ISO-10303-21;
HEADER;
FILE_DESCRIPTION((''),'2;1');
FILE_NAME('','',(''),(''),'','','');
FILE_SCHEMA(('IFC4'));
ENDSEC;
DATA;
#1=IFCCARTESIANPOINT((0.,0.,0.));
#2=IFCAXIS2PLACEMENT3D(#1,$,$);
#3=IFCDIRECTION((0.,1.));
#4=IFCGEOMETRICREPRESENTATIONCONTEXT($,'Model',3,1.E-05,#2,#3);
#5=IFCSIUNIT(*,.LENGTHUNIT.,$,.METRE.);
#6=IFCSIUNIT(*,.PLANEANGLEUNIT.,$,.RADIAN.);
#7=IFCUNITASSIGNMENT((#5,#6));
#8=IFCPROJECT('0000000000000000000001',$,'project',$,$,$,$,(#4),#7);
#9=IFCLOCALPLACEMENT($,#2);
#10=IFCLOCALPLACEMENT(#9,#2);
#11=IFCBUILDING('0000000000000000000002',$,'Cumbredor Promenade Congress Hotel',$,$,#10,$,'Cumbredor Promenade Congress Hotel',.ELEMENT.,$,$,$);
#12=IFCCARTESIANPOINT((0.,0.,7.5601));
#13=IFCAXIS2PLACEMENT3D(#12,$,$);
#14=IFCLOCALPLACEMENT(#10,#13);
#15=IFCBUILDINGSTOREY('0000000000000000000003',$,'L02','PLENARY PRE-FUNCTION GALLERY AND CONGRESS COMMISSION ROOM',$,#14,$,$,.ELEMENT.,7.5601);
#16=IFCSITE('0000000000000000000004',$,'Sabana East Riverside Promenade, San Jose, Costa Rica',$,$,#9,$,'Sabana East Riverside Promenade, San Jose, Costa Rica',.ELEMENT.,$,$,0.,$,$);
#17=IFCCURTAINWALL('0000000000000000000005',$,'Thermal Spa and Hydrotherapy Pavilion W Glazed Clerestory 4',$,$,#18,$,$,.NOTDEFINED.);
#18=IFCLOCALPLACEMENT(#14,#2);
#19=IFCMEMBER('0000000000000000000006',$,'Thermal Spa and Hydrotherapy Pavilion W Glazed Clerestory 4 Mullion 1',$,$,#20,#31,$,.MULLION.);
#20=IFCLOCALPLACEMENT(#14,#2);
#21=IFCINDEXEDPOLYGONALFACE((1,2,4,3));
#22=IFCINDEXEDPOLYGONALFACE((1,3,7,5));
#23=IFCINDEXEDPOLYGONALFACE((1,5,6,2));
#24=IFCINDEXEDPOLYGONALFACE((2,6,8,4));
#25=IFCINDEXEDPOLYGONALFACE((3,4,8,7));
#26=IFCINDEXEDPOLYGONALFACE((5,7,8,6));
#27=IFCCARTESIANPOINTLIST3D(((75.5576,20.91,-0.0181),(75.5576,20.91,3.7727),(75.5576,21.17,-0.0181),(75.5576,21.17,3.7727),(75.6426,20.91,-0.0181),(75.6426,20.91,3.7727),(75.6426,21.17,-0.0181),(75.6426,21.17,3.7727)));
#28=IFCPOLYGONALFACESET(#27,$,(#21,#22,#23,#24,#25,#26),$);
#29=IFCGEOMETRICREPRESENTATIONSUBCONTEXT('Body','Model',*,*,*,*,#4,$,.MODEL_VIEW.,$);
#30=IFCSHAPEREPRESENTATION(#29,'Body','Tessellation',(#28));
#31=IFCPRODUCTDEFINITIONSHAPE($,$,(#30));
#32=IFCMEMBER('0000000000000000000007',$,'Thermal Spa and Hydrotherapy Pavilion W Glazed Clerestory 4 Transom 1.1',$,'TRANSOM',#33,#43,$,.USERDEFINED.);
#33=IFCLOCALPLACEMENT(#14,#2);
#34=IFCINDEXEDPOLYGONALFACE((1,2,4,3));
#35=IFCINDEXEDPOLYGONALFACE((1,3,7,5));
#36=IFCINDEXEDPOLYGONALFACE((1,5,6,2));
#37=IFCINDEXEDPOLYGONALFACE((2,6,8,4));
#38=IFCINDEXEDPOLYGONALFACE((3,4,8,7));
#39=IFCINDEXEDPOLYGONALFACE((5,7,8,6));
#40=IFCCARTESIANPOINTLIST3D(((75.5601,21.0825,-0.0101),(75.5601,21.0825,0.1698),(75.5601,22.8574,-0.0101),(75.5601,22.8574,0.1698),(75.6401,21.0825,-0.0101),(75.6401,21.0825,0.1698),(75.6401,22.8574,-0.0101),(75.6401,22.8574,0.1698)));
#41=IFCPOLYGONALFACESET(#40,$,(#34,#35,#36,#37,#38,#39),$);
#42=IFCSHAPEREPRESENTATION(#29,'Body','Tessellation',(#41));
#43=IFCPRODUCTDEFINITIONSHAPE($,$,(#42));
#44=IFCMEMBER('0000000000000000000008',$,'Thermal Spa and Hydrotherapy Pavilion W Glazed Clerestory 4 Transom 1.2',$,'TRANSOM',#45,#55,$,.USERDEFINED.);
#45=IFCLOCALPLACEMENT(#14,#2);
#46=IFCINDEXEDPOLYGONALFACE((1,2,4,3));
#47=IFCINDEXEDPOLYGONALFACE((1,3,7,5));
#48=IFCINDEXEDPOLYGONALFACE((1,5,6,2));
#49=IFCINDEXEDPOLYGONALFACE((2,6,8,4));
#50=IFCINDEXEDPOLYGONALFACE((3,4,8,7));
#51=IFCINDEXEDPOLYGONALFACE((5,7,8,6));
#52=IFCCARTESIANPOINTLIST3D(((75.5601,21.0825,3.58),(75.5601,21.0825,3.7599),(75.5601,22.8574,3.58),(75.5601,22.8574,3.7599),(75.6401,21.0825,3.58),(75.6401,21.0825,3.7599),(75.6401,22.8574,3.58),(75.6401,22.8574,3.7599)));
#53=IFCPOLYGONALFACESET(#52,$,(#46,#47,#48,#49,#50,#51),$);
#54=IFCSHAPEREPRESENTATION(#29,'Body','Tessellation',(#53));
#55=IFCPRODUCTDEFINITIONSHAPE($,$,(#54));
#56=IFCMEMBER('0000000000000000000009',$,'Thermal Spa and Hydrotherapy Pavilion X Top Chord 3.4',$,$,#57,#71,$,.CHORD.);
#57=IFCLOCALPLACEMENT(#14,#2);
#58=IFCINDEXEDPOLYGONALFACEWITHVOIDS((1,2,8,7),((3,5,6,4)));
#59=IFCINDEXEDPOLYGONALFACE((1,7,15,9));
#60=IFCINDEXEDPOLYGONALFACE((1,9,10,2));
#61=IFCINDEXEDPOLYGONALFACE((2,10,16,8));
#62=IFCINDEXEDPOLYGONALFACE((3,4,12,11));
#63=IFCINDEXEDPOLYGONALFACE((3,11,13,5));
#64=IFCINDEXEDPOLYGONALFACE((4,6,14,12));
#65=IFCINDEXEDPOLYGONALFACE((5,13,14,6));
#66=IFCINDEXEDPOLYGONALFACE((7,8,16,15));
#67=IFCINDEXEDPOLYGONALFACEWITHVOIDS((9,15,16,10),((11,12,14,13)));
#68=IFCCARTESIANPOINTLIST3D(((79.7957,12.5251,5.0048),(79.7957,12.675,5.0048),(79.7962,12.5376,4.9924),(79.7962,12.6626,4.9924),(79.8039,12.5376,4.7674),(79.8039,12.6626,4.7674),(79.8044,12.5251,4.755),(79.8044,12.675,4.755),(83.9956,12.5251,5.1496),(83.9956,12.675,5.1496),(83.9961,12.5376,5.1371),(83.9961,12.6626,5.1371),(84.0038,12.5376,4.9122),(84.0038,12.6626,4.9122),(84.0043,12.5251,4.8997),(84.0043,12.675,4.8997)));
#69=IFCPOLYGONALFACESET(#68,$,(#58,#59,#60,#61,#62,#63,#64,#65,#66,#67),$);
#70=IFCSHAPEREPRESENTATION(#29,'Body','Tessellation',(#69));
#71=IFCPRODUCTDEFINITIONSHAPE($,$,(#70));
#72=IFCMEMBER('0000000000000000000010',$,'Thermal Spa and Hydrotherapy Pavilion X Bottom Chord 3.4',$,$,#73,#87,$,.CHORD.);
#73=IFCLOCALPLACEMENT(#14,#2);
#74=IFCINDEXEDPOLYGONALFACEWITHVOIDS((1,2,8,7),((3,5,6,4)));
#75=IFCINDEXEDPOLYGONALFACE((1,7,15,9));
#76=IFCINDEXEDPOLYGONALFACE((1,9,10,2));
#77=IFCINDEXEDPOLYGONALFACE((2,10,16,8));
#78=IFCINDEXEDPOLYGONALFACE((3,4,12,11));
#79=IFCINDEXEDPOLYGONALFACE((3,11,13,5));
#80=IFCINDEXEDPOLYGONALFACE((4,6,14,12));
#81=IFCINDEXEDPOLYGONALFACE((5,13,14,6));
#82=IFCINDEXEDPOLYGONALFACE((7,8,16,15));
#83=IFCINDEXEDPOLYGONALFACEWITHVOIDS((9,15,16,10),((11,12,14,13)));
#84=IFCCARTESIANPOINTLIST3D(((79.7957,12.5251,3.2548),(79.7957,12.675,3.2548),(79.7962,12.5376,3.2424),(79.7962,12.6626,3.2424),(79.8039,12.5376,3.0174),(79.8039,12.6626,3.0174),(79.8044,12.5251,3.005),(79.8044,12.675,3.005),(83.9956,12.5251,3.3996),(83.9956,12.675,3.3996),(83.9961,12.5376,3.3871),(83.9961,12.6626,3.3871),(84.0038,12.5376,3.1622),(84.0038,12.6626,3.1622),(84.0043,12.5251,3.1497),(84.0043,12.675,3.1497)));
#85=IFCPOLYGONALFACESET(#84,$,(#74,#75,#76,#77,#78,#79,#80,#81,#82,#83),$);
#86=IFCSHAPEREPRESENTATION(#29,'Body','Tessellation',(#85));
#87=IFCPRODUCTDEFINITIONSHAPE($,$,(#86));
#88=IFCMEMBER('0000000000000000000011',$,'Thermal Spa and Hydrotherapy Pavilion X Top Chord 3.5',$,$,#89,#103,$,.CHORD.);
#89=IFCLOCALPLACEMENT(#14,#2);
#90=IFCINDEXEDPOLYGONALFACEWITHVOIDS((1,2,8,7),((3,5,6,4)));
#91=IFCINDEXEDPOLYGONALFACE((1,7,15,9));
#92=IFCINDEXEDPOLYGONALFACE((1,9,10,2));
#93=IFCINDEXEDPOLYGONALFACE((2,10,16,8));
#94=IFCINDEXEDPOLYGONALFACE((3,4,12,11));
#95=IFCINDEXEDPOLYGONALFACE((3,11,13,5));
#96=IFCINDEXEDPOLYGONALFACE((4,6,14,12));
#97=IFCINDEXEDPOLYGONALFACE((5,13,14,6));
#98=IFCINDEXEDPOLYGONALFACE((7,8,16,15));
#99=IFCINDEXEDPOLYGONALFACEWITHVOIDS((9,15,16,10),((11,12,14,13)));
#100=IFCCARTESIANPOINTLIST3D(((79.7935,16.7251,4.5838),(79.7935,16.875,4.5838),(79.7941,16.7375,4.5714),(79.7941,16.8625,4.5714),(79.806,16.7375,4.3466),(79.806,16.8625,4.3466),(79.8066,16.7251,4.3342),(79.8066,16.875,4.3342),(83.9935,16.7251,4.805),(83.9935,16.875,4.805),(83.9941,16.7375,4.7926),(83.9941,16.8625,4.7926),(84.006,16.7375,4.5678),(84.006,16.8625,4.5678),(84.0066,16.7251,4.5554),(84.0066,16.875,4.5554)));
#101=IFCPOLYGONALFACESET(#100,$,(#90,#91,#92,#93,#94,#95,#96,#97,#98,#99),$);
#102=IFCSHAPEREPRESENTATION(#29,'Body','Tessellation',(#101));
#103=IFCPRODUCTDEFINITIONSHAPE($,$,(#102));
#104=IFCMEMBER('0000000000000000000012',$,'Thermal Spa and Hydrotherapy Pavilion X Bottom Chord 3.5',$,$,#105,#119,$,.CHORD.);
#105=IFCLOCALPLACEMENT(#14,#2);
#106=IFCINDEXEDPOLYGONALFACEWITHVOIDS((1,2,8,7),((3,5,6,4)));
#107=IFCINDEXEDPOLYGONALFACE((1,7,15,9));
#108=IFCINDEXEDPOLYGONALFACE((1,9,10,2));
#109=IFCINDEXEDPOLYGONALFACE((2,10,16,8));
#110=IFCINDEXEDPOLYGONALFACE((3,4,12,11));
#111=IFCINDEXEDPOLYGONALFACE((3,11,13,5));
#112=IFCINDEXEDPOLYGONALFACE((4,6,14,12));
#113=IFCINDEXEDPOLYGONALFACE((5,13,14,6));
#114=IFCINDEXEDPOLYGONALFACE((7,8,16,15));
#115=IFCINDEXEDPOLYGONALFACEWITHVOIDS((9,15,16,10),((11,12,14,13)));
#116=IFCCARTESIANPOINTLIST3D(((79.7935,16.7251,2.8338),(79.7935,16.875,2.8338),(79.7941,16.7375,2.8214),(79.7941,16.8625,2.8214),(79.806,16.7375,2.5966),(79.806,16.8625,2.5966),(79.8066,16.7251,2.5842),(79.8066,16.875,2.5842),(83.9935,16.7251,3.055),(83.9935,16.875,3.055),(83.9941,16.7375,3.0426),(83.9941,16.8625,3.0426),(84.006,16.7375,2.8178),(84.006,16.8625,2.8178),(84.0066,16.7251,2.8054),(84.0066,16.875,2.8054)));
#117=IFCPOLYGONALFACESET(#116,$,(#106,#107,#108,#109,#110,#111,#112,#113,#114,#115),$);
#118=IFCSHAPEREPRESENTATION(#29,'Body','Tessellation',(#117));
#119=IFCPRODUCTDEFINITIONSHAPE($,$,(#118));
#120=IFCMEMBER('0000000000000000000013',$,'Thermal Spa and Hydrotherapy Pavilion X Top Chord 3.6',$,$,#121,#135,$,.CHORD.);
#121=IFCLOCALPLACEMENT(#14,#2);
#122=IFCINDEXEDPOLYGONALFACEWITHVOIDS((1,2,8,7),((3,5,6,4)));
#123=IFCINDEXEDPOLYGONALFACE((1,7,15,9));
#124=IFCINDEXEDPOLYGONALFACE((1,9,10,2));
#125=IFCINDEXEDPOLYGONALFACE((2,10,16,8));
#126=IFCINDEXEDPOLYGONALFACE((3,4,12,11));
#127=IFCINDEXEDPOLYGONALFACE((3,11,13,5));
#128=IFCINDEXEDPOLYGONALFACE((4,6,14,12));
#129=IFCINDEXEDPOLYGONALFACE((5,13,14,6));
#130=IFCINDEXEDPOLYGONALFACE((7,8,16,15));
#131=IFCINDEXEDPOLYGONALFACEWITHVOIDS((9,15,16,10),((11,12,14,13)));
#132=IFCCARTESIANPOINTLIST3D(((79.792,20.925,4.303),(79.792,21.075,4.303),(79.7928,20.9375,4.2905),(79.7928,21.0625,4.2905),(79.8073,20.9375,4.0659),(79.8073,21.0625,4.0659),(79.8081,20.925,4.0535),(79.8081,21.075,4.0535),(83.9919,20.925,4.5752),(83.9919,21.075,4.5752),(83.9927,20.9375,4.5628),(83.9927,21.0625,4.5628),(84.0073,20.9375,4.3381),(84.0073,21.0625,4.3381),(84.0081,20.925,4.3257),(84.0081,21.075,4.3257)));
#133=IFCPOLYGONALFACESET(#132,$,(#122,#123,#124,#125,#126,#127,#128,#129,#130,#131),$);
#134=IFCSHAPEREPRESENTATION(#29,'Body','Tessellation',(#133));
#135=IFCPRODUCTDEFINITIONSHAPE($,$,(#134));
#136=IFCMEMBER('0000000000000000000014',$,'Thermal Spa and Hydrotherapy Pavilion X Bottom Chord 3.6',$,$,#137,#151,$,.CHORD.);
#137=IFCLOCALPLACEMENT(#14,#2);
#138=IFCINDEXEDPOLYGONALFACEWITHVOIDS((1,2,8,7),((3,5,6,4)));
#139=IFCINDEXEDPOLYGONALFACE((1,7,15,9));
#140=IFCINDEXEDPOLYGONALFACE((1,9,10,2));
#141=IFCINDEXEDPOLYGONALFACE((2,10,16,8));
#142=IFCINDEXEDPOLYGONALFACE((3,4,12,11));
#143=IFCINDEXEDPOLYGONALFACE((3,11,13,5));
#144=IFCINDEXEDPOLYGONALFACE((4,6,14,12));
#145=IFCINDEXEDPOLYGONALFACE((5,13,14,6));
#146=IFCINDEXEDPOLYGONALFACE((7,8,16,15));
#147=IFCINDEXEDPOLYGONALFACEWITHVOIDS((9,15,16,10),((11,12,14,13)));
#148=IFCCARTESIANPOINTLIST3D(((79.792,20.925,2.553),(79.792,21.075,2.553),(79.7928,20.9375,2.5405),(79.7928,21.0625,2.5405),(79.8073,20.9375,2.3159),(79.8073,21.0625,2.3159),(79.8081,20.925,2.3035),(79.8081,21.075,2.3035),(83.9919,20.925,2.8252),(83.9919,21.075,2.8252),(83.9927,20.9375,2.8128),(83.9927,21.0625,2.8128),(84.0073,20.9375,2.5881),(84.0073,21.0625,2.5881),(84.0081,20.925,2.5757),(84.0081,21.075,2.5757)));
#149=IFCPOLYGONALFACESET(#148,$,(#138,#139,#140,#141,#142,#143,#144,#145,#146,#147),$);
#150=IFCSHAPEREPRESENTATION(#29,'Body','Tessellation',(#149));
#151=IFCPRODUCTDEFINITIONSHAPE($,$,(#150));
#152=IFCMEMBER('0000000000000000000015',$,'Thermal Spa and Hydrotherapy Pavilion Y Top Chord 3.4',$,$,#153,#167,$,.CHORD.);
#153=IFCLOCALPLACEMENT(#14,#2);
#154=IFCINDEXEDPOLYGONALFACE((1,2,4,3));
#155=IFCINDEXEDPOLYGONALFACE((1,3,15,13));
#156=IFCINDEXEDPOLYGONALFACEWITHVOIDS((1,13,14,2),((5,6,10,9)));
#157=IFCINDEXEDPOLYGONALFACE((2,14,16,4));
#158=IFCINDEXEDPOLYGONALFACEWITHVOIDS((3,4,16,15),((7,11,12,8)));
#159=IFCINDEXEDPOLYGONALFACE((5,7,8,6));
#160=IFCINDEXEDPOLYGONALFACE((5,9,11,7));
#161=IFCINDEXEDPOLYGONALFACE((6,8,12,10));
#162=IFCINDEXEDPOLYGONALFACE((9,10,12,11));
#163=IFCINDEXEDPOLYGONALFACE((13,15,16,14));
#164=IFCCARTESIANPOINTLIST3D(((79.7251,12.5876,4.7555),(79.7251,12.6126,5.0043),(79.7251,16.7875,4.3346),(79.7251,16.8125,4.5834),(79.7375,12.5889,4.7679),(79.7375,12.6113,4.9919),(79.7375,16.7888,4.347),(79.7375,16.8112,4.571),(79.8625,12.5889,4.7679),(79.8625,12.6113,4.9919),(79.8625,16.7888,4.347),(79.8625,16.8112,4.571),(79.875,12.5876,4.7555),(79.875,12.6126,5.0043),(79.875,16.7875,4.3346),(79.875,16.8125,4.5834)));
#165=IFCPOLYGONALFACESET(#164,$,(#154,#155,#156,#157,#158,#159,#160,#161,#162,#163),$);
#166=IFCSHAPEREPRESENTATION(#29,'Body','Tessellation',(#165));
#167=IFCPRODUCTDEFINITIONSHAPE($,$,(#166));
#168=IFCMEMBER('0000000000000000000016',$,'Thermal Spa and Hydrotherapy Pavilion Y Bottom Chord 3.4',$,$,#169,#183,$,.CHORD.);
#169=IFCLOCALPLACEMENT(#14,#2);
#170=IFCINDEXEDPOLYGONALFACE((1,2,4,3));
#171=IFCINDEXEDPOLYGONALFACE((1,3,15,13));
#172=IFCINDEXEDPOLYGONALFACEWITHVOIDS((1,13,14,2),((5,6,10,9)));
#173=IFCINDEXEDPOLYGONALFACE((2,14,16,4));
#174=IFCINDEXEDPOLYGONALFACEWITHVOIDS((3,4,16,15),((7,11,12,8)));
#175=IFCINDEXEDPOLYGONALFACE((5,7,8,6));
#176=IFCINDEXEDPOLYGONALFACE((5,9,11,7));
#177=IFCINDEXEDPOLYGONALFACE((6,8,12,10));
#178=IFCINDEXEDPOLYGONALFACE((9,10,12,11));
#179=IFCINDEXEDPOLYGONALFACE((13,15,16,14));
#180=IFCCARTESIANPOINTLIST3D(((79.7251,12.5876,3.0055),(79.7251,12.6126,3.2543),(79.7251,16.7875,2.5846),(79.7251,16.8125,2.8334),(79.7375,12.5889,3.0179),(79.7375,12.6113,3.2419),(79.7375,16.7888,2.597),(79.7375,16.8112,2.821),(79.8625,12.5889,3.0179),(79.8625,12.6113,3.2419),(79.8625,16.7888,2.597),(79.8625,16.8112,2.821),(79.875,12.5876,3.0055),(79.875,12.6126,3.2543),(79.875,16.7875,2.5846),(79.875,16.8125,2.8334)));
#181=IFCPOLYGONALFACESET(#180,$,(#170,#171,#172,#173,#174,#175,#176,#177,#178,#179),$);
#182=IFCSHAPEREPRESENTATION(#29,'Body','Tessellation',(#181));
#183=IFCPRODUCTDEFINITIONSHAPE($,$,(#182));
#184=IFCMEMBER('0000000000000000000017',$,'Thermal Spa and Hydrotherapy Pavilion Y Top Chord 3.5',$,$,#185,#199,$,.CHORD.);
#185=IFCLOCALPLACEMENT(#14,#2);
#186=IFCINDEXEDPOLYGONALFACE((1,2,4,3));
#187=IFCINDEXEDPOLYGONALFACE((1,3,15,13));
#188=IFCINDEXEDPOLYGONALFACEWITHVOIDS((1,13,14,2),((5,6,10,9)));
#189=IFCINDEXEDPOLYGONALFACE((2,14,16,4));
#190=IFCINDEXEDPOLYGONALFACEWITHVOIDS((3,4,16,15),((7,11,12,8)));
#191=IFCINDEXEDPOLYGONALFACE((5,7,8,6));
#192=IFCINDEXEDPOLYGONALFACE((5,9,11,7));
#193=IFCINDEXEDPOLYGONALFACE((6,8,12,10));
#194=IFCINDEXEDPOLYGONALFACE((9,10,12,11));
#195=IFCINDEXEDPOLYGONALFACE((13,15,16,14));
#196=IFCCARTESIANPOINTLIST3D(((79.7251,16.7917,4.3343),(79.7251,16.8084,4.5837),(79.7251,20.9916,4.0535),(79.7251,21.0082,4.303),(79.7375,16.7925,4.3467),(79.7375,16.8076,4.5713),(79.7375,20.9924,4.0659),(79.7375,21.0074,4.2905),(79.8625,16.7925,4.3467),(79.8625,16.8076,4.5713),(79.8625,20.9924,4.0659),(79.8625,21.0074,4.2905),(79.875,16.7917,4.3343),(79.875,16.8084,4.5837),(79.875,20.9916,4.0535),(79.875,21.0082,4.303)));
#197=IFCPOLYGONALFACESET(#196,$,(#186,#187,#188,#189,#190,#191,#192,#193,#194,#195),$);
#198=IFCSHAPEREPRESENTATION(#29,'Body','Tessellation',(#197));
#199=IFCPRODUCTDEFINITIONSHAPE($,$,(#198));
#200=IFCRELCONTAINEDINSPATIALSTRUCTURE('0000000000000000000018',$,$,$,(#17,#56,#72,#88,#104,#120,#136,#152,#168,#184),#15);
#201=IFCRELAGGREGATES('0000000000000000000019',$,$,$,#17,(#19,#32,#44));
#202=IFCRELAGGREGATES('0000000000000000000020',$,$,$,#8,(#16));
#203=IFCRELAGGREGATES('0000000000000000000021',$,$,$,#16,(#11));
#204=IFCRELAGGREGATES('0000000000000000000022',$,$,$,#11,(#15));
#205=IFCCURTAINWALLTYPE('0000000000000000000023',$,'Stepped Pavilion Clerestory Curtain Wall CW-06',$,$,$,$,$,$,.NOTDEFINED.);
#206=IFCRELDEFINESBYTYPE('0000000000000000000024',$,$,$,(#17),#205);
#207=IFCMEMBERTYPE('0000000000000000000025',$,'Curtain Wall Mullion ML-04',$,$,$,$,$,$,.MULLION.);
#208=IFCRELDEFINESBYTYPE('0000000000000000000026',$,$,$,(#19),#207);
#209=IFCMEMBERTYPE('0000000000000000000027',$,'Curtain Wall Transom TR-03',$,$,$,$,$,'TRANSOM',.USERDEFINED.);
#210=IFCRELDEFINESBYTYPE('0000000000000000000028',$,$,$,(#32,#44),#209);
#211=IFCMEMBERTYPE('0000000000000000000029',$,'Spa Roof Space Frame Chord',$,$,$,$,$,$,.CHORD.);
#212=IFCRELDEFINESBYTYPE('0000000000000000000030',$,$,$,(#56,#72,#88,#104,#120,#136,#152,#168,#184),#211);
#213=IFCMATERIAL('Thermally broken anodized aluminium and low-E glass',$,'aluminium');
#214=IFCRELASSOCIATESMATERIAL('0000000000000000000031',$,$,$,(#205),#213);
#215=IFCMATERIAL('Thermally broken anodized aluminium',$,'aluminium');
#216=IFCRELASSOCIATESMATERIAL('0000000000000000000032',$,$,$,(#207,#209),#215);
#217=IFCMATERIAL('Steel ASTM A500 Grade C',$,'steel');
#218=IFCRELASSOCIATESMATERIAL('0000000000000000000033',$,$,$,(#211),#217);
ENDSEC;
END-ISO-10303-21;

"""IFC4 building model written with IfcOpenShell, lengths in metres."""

from ifc_helpers import new_model, si_unit, direction, frame, origin, origin_2d, place, context, subcontext, project, spatial, rectangle, hollow_rectangle, extrude, material, material_profile, profile_set, type_object, element, aggregate, save


model = new_model("IFC4")

# Units and contexts
model_context = context("Model", 3, precision=1e-05, world=origin(), true_north=direction((0.0, 1.0)))
body_context = subcontext(model_context, "Body", "Model", "MODEL_VIEW")
ifc_project = project(units=[si_unit("LENGTHUNIT", "METRE"), si_unit("PLANEANGLEUNIT", "RADIAN")], contexts=[model_context])

# Site, building, storey
site_placement = place(None, origin())
site = spatial("IfcSite", under=ifc_project, at=site_placement, Name="Sabana East Riverside Promenade, San Jose, Costa Rica", LongName="Sabana East Riverside Promenade, San Jose, Costa Rica", CompositionType="ELEMENT", RefElevation=0.0)
building_placement = place(site_placement, origin())
building = spatial("IfcBuilding", under=site, at=building_placement, Name="Cumbredor Promenade Congress Hotel", LongName="Cumbredor Promenade Congress Hotel", CompositionType="ELEMENT")
storey_placement = place(building_placement, frame((0.0, 0.0, 7.5601)))
storey = spatial("IfcBuildingStorey", under=building, at=storey_placement, Name="L02", Description="PLENARY PRE-FUNCTION GALLERY AND CONGRESS COMMISSION ROOM", CompositionType="ELEMENT", Elevation=7.5601)

# Curtain wall, members
ifc_material_1 = material(Name="Thermally broken anodized aluminium and low-E glass", Category="aluminium")
curtain_wall_type = type_object("IfcCurtainWallType", Name="Stepped Pavilion Clerestory Curtain Wall CW-06", PredefinedType="NOTDEFINED", material=ifc_material_1)
curtain_wall_placement = place(storey_placement, origin())
curtain_wall = element("IfcCurtainWall", 1, at=curtain_wall_placement, inside=storey, type_object=curtain_wall_type, Name="Thermal Spa and Hydrotherapy Pavilion W Glazed Clerestory 4", PredefinedType="NOTDEFINED")
ifc_material_2 = material(Name="Thermally broken anodized aluminium", Category="aluminium")
ifc_material_profile_1 = material_profile(ifc_material_2, rectangle(XDim=0.085, YDim=0.26, at=origin_2d()), Name="ALU MULLION CLERESTORY 85x260")
ifc_profile_set_1 = profile_set([ifc_material_profile_1], Name="Thermally broken anodized aluminium")
member_type_1 = type_object("IfcMemberType", Name="Curtain Wall Mullion ML-04", PredefinedType="MULLION", material=ifc_profile_set_1)
member_1_placement = place(storey_placement, frame((75.6001, 21.04, -0.0181), z_axis=(0.0, 0.0, 1.0), x_axis=(1.0, 0.0, 0.0)))
member_1 = element("IfcMember", 2, at=member_1_placement, type_object=member_type_1, Name="Thermal Spa and Hydrotherapy Pavilion W Glazed Clerestory 4 Mullion 1", PredefinedType="MULLION", context=body_context, shape_type="SweptSolid", body=[
    extrude(rectangle(XDim=0.085, YDim=0.26, at=origin_2d()), origin(), (0.0, 0.0, 1.0), 3.7908),
])
ifc_material_profile_2 = material_profile(ifc_material_2, rectangle(XDim=0.0801, YDim=0.1799, at=origin_2d()), Name="ALU TRANSOM 80x180")
ifc_profile_set_2 = profile_set([ifc_material_profile_2], Name="Thermally broken anodized aluminium")
member_type_2 = type_object("IfcMemberType", Name="Curtain Wall Transom TR-03", ElementType="TRANSOM", PredefinedType="USERDEFINED", material=ifc_profile_set_2)
member_2_placement = place(storey_placement, frame((75.6001, 21.0825, 0.0798), z_axis=(0.0, 1.0, 0.0), x_axis=(-1.0, 0.0, 0.0)))
member_2 = element("IfcMember", 3, at=member_2_placement, type_object=member_type_2, Name="Thermal Spa and Hydrotherapy Pavilion W Glazed Clerestory 4 Transom 1.1", ObjectType="TRANSOM", PredefinedType="USERDEFINED", context=body_context, shape_type="SweptSolid", body=[
    extrude(rectangle(XDim=0.0801, YDim=0.1799, at=origin_2d()), origin(), (0.0, 0.0, 1.0), 1.7749),
])
member_3_placement = place(storey_placement, frame((75.6001, 21.0825, 3.6699), z_axis=(0.0, 1.0, 0.0), x_axis=(-1.0, 0.0, 0.0)))
member_3 = element("IfcMember", 4, at=member_3_placement, type_object=member_type_2, Name="Thermal Spa and Hydrotherapy Pavilion W Glazed Clerestory 4 Transom 1.2", ObjectType="TRANSOM", PredefinedType="USERDEFINED", context=body_context, shape_type="SweptSolid", body=[
    extrude(rectangle(XDim=0.0801, YDim=0.1799, at=origin_2d()), origin(), (0.0, 0.0, 1.0), 1.7749),
])
aggregate(curtain_wall, [member_1, member_2, member_3])

# Members
ifc_material_3 = material(Name="Steel ASTM A500 Grade C", Category="steel")
ifc_material_profile_3 = material_profile(ifc_material_3, hollow_rectangle(XDim=0.1499, YDim=0.25, WallThickness=0.0125, at=origin_2d()), Name="HSS 250x150x12.5")
ifc_profile_set_3 = profile_set([ifc_material_profile_3], Name="Steel ASTM A500 Grade C")
member_type_3 = type_object("IfcMemberType", Name="Spa Roof Space Frame Chord", PredefinedType="CHORD", material=ifc_profile_set_3)
for number, where, z_axis, x_axis, name in (
    (5, (79.8, 12.6001, 4.8799), (0.999406, 0.0, 0.03445), (0.0, 1.0, 0.0), "Thermal Spa and Hydrotherapy Pavilion X Top Chord 3.4"),
    (6, (79.8, 12.6001, 3.1299), (0.999406, 0.0, 0.03445), (0.0, 1.0, 0.0), "Thermal Spa and Hydrotherapy Pavilion X Bottom Chord 3.4"),
):
    element("IfcMember", number, at=place(storey_placement, frame(where, z_axis=z_axis, x_axis=x_axis)), inside=storey, type_object=member_type_3, Name=name, PredefinedType="CHORD", context=body_context, shape_type="SweptSolid", body=[
        extrude(hollow_rectangle(XDim=0.1499, YDim=0.25, WallThickness=0.0125, at=origin_2d()), origin(), (0.0, 0.0, 1.0), 4.2024),
    ])
for number, where, z_axis, x_axis, name in (
    (7, (79.8, 16.8, 4.459), (0.998616, 0.0, 0.052592), (0.0, 1.0, 0.0), "Thermal Spa and Hydrotherapy Pavilion X Top Chord 3.5"),
    (8, (79.8, 16.8, 2.709), (0.998616, 0.0, 0.052592), (0.0, 1.0, 0.0), "Thermal Spa and Hydrotherapy Pavilion X Bottom Chord 3.5"),
):
    element("IfcMember", number, at=place(storey_placement, frame(where, z_axis=z_axis, x_axis=x_axis)), inside=storey, type_object=member_type_3, Name=name, PredefinedType="CHORD", context=body_context, shape_type="SweptSolid", body=[
        extrude(hollow_rectangle(XDim=0.1499, YDim=0.25, WallThickness=0.0125, at=origin_2d()), origin(), (0.0, 0.0, 1.0), 4.2058),
    ])
for number, where, z_axis, x_axis, name in (
    (9, (79.8, 21.0, 4.1782), (0.997906, 0.0, 0.064679), (0.0, 1.0, 0.0), "Thermal Spa and Hydrotherapy Pavilion X Top Chord 3.6"),
    (10, (79.8, 21.0, 2.4282), (0.997906, 0.0, 0.064679), (0.0, 1.0, 0.0), "Thermal Spa and Hydrotherapy Pavilion X Bottom Chord 3.6"),
):
    element("IfcMember", number, at=place(storey_placement, frame(where, z_axis=z_axis, x_axis=x_axis)), inside=storey, type_object=member_type_3, Name=name, PredefinedType="CHORD", context=body_context, shape_type="SweptSolid", body=[
        extrude(hollow_rectangle(XDim=0.1499, YDim=0.25, WallThickness=0.0125, at=origin_2d()), origin(), (0.0, 0.0, 1.0), 4.2087),
    ])
for number, where, z_axis, x_axis, name in (
    (11, (79.8, 12.6001, 4.8799), (0.0, 0.995016, -0.099716), (-1.0, 0.0, 0.0), "Thermal Spa and Hydrotherapy Pavilion Y Top Chord 3.4"),
    (12, (79.8, 12.6001, 3.1299), (0.0, 0.995016, -0.099716), (-1.0, 0.0, 0.0), "Thermal Spa and Hydrotherapy Pavilion Y Bottom Chord 3.4"),
):
    element("IfcMember", number, at=place(storey_placement, frame(where, z_axis=z_axis, x_axis=x_axis)), inside=storey, type_object=member_type_3, Name=name, PredefinedType="CHORD", context=body_context, shape_type="SweptSolid", body=[
        extrude(hollow_rectangle(XDim=0.1499, YDim=0.25, WallThickness=0.0125, at=origin_2d()), origin(), (0.0, 0.0, 1.0), 4.2209),
    ])
for number, where, z_axis, x_axis, name in (
    (13, (79.8, 16.8, 4.459), (0.0, 0.997773, -0.0667), (-1.0, 0.0, 0.0), "Thermal Spa and Hydrotherapy Pavilion Y Top Chord 3.5"),
):
    element("IfcMember", number, at=place(storey_placement, frame(where, z_axis=z_axis, x_axis=x_axis)), inside=storey, type_object=member_type_3, Name=name, PredefinedType="CHORD", context=body_context, shape_type="SweptSolid", body=[
        extrude(hollow_rectangle(XDim=0.1499, YDim=0.25, WallThickness=0.0125, at=origin_2d()), origin(), (0.0, 0.0, 1.0), 4.2092),
    ])

save(model, "model.ifc")
